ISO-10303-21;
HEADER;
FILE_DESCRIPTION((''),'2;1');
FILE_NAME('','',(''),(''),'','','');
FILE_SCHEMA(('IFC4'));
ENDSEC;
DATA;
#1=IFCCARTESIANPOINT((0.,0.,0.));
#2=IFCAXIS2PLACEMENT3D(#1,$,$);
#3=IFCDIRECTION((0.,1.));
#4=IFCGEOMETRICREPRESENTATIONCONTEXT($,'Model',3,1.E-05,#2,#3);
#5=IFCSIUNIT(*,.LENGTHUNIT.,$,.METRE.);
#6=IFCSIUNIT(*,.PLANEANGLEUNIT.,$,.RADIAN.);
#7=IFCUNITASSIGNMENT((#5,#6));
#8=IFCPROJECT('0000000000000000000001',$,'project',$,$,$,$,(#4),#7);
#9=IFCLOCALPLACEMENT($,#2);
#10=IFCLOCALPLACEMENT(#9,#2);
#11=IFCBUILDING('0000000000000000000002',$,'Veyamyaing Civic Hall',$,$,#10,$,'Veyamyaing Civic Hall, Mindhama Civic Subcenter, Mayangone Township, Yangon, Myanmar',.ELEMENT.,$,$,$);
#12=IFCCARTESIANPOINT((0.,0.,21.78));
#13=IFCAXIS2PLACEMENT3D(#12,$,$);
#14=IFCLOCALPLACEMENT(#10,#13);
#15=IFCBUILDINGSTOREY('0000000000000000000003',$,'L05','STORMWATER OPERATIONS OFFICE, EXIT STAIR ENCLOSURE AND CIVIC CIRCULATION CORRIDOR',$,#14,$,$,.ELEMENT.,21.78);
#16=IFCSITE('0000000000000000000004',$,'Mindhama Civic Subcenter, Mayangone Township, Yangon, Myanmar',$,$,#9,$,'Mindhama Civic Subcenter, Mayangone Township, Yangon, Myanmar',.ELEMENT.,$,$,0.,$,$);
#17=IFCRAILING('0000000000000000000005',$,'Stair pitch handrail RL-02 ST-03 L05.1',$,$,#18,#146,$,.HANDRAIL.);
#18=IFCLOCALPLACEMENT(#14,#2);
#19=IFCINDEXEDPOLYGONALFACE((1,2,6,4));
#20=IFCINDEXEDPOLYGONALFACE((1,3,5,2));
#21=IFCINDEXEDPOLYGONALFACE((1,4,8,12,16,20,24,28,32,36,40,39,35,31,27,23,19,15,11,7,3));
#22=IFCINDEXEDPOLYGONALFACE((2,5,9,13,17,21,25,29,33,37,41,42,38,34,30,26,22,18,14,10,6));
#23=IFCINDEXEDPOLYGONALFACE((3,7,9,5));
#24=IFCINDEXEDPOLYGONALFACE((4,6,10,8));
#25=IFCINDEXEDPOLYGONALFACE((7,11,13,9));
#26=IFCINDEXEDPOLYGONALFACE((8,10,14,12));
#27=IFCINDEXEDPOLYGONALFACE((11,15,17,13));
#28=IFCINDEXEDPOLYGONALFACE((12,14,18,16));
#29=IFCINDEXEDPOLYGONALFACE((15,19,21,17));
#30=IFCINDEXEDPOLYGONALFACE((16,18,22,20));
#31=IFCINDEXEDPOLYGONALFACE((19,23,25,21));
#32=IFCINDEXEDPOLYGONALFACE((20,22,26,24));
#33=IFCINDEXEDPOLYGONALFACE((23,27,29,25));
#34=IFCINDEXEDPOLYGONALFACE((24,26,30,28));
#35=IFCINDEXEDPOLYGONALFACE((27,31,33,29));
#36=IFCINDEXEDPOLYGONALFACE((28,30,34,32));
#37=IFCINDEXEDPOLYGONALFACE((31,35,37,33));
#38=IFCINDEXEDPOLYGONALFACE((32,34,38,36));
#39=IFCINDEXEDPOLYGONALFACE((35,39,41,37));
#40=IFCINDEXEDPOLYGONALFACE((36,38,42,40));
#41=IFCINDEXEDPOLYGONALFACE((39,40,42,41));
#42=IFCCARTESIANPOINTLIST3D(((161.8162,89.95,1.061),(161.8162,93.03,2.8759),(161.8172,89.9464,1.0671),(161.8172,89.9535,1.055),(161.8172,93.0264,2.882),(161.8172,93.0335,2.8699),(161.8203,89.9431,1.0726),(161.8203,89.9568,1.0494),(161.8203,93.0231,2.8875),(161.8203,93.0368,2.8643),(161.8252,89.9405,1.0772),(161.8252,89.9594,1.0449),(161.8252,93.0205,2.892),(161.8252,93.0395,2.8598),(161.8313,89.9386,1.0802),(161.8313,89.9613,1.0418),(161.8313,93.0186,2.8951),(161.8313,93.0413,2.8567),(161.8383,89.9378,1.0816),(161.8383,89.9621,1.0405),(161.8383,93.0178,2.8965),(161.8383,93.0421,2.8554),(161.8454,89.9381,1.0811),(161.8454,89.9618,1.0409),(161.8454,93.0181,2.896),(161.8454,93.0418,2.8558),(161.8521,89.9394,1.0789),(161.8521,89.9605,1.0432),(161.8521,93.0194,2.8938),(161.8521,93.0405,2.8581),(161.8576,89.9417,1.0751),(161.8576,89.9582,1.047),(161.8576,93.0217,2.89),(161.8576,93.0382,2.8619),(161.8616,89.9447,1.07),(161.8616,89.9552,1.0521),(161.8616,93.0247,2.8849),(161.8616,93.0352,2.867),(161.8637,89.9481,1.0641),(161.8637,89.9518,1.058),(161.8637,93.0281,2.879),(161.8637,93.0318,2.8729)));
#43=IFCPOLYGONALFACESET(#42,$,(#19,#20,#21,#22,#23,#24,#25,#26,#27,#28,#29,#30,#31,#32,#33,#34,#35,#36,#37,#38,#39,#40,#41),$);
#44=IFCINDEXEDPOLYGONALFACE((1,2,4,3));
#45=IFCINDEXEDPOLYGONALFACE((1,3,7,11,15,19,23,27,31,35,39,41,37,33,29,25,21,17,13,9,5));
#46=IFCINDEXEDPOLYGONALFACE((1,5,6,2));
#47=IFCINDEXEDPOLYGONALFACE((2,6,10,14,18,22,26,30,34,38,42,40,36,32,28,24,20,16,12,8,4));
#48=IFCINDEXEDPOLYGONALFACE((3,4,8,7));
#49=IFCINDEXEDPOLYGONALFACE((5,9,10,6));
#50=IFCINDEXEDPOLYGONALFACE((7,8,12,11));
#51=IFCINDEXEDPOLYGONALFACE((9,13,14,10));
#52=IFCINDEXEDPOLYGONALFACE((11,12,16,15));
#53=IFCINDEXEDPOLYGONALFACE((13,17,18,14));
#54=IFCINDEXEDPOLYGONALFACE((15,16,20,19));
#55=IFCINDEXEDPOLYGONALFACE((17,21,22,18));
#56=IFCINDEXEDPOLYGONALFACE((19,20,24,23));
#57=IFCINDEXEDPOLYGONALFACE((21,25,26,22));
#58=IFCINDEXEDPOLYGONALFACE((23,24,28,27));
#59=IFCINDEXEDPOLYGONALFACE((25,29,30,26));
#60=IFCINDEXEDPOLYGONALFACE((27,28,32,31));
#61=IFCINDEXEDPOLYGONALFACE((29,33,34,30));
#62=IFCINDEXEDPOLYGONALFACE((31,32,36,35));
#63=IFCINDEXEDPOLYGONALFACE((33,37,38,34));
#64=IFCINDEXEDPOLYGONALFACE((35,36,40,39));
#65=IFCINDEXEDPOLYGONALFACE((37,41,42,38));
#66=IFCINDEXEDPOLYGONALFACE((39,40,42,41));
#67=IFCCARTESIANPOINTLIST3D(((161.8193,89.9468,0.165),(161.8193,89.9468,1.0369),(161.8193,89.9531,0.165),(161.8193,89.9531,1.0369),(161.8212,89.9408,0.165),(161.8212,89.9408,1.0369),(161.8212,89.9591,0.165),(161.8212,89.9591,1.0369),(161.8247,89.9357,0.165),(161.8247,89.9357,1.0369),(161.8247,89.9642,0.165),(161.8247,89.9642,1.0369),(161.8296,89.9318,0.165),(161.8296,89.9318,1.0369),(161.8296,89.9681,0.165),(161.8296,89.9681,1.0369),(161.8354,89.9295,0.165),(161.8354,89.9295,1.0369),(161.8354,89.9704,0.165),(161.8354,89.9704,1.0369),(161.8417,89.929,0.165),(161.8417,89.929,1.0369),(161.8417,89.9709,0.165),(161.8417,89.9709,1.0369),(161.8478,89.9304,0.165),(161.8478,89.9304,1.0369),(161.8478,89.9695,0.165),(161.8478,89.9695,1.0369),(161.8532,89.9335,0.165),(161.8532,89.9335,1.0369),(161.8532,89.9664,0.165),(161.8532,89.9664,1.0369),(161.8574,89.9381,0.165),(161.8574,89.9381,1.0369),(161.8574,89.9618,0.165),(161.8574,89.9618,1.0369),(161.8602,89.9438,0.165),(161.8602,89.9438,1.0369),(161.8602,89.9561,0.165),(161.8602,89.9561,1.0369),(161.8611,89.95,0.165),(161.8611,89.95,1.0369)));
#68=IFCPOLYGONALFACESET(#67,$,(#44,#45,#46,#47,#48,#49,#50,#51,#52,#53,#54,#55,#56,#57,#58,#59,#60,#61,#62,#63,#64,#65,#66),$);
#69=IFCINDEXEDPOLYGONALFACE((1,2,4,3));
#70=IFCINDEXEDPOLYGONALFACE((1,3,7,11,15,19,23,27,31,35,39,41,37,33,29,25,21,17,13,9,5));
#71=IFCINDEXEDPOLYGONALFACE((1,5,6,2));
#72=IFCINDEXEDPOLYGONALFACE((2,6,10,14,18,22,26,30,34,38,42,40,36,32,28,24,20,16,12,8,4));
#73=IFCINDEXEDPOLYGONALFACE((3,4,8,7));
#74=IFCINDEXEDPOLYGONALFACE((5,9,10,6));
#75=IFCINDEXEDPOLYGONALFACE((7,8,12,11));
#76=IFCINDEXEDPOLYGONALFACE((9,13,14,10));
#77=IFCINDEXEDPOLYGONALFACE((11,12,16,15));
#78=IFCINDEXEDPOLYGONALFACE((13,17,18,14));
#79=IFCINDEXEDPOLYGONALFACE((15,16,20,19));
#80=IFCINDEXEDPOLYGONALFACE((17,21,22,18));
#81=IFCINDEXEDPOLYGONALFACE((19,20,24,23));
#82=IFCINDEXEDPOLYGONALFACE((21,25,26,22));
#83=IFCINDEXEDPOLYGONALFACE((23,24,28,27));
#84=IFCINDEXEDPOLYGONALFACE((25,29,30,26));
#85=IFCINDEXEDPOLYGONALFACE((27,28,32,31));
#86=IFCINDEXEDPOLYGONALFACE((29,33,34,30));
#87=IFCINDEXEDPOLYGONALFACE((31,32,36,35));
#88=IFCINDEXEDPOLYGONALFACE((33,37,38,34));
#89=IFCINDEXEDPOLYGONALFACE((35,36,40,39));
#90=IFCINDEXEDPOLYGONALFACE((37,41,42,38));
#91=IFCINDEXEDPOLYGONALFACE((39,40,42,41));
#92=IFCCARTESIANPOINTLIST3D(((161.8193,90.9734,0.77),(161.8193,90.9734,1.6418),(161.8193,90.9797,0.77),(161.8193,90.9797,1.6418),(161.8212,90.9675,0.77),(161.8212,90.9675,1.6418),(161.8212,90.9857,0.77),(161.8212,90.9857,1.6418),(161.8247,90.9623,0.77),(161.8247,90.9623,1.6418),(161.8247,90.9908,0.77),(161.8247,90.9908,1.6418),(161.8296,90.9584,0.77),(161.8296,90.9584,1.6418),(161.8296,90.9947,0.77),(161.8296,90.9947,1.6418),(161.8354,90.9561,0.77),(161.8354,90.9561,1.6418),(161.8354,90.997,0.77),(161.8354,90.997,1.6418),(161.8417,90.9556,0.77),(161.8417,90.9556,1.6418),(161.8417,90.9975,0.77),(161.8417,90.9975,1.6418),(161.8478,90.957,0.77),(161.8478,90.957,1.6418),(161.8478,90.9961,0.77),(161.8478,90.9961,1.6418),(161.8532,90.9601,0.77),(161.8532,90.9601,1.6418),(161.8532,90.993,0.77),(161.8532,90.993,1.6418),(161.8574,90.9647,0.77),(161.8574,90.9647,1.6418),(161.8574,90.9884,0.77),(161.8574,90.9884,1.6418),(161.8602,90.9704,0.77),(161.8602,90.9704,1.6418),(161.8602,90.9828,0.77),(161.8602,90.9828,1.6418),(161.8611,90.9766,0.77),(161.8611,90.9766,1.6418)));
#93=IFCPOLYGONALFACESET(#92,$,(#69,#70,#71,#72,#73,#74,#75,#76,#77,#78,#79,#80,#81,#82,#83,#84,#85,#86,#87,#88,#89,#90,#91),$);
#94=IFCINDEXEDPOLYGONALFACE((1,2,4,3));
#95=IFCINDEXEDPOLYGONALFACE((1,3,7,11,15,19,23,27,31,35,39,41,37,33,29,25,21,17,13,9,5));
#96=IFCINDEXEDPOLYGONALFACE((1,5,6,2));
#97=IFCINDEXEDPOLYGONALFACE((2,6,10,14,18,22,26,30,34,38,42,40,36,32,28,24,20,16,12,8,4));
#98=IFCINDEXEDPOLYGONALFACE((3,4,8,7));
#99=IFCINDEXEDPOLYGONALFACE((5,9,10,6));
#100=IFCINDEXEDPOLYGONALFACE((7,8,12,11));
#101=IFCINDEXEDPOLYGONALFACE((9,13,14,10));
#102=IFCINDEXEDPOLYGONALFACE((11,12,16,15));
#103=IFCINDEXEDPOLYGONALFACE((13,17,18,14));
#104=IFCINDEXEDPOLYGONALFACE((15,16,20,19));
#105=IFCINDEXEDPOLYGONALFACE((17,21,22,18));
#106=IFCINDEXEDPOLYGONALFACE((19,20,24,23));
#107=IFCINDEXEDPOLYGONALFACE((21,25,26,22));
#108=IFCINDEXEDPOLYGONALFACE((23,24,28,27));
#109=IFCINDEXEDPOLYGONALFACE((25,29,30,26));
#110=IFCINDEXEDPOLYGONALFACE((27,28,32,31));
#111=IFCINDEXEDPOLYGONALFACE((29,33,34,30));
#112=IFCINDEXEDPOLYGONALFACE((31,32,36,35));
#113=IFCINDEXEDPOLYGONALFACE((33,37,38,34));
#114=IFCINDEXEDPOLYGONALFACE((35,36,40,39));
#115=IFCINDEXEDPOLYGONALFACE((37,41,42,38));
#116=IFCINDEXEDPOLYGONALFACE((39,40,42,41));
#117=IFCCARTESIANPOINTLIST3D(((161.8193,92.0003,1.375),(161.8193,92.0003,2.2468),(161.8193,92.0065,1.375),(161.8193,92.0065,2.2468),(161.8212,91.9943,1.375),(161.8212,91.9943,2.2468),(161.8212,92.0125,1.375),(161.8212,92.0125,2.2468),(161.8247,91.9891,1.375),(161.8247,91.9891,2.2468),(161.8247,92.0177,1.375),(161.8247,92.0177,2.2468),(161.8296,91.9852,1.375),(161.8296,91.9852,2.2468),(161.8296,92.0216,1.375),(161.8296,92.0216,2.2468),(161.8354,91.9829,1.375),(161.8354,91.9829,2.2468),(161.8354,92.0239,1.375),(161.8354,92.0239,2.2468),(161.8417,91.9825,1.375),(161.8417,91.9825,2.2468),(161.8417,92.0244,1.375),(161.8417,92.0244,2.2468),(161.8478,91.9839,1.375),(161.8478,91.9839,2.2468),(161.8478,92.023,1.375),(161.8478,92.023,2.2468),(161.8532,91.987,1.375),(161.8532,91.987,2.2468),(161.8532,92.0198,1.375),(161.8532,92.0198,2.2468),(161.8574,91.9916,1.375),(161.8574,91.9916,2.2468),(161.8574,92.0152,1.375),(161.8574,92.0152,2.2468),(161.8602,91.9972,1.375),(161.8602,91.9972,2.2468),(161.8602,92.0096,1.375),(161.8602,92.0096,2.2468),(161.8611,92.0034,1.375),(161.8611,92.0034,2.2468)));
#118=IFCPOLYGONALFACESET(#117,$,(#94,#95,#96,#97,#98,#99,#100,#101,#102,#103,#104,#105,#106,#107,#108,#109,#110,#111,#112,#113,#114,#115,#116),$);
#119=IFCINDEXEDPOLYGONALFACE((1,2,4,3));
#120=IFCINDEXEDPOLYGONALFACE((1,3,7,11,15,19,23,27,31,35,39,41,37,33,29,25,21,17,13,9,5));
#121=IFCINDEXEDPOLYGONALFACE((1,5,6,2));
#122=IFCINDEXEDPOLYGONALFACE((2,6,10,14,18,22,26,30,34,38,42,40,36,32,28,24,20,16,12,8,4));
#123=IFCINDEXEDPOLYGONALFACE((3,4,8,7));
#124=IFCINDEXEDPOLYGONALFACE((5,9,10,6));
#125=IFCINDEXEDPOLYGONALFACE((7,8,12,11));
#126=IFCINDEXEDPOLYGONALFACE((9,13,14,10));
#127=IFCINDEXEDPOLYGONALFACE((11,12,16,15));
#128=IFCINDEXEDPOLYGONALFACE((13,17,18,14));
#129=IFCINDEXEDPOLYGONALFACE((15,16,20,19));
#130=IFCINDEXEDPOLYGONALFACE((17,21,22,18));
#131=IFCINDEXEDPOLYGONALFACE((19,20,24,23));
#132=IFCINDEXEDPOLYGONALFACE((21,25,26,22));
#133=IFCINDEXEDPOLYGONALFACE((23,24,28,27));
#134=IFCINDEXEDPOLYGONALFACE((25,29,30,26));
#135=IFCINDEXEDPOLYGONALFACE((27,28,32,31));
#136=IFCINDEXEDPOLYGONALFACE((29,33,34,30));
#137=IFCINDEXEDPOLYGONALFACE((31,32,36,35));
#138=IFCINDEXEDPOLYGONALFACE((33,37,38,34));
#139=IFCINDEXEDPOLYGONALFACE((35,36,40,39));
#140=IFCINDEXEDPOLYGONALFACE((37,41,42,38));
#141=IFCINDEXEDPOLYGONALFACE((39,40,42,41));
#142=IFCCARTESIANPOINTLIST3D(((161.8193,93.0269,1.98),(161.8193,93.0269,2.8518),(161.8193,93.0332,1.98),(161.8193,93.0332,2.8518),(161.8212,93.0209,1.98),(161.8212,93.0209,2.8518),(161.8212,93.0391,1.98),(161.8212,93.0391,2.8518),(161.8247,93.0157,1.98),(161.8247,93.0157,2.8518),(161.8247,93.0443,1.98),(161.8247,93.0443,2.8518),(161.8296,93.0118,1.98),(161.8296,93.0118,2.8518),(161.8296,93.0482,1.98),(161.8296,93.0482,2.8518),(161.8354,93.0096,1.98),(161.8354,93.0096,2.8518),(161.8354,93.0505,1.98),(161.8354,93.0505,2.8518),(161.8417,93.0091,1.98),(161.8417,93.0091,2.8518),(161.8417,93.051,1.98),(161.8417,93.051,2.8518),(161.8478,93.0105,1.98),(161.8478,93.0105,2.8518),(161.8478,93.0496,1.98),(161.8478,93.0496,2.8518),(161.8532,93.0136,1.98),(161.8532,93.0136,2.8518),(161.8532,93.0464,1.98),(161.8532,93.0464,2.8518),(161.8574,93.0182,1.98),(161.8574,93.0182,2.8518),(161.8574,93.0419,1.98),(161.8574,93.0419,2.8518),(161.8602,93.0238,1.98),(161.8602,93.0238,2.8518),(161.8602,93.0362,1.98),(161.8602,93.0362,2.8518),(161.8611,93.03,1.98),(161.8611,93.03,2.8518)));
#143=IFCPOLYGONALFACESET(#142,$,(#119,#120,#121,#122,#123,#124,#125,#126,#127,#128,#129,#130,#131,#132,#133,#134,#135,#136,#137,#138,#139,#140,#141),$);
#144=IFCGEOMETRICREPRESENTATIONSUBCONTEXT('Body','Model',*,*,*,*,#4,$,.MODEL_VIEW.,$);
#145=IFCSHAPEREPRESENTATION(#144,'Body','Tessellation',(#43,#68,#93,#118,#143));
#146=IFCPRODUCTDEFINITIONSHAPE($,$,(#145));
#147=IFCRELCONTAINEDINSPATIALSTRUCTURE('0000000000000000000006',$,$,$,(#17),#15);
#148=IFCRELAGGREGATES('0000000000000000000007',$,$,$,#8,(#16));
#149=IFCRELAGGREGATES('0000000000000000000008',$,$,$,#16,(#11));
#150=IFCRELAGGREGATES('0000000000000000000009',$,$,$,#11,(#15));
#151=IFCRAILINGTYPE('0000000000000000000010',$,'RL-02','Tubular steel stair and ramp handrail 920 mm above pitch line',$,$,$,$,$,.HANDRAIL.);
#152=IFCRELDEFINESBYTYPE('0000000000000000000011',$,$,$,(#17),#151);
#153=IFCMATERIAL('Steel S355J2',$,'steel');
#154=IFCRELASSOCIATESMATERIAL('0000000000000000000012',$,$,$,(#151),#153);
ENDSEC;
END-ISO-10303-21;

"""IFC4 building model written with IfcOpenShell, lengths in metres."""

from ifc_helpers import new_model, si_unit, direction, frame, origin, origin_2d, place, context, subcontext, project, spatial, circle, extrude, material, type_object, element, save


model = new_model("IFC4")

# Units and contexts
model_context = context("Model", 3, precision=1e-05, world=origin(), true_north=direction((0.0, 1.0)))
body_context = subcontext(model_context, "Body", "Model", "MODEL_VIEW")
ifc_project = project(units=[si_unit("LENGTHUNIT", "METRE"), si_unit("PLANEANGLEUNIT", "RADIAN")], contexts=[model_context])

# Site, building, storey
site_placement = place(None, origin())
site = spatial("IfcSite", under=ifc_project, at=site_placement, Name="Mindhama Civic Subcenter, Mayangone Township, Yangon, Myanmar", LongName="Mindhama Civic Subcenter, Mayangone Township, Yangon, Myanmar", CompositionType="ELEMENT", RefElevation=0.0)
building_placement = place(site_placement, origin())
building = spatial("IfcBuilding", under=site, at=building_placement, Name="Veyamyaing Civic Hall", LongName="Veyamyaing Civic Hall, Mindhama Civic Subcenter, Mayangone Township, Yangon, Myanmar", CompositionType="ELEMENT")
storey_placement = place(building_placement, frame((0.0, 0.0, 21.78)))
storey = spatial("IfcBuildingStorey", under=building, at=storey_placement, Name="L05", Description="STORMWATER OPERATIONS OFFICE, EXIT STAIR ENCLOSURE AND CIVIC CIRCULATION CORRIDOR", CompositionType="ELEMENT", Elevation=21.78)

# Railing
ifc_material_1 = material(Name="Steel S355J2", Category="steel")
railing_type_1 = type_object("IfcRailingType", Name="RL-02", Description="Tubular steel stair and ramp handrail 920 mm above pitch line", PredefinedType="HANDRAIL", material=ifc_material_1)
railing_1_placement = place(storey_placement, frame((161.8401, 89.95, 0.165)))
element("IfcRailing", 1, at=railing_1_placement, inside=storey, type_object=railing_type_1, Name="Stair pitch handrail RL-02 ST-03 L05.1", PredefinedType="HANDRAIL", context=body_context, shape_type="SweptSolid", body=[
    extrude(circle(Radius=0.0239, at=origin_2d()), frame((0.0, 0.0, 0.896), z_axis=(0.0, 0.861551, 0.507671), x_axis=(-1.0, 0.0, 0.0)), (0.0, 0.0, 1.0), 3.575),
    extrude(circle(Radius=0.021, at=origin_2d()), origin(), (0.0, 0.0, 1.0), 0.8718),
    extrude(circle(Radius=0.021, at=origin_2d()), frame((0.0, 1.0266, 0.605)), (0.0, 0.0, 1.0), 0.8718),
    extrude(circle(Radius=0.021, at=origin_2d()), frame((0.0, 2.0535, 1.21)), (0.0, 0.0, 1.0), 0.8718),
    extrude(circle(Radius=0.021, at=origin_2d()), frame((0.0, 3.0801, 1.8149)), (0.0, 0.0, 1.0), 0.8718),
])

save(model, "model.ifc")
